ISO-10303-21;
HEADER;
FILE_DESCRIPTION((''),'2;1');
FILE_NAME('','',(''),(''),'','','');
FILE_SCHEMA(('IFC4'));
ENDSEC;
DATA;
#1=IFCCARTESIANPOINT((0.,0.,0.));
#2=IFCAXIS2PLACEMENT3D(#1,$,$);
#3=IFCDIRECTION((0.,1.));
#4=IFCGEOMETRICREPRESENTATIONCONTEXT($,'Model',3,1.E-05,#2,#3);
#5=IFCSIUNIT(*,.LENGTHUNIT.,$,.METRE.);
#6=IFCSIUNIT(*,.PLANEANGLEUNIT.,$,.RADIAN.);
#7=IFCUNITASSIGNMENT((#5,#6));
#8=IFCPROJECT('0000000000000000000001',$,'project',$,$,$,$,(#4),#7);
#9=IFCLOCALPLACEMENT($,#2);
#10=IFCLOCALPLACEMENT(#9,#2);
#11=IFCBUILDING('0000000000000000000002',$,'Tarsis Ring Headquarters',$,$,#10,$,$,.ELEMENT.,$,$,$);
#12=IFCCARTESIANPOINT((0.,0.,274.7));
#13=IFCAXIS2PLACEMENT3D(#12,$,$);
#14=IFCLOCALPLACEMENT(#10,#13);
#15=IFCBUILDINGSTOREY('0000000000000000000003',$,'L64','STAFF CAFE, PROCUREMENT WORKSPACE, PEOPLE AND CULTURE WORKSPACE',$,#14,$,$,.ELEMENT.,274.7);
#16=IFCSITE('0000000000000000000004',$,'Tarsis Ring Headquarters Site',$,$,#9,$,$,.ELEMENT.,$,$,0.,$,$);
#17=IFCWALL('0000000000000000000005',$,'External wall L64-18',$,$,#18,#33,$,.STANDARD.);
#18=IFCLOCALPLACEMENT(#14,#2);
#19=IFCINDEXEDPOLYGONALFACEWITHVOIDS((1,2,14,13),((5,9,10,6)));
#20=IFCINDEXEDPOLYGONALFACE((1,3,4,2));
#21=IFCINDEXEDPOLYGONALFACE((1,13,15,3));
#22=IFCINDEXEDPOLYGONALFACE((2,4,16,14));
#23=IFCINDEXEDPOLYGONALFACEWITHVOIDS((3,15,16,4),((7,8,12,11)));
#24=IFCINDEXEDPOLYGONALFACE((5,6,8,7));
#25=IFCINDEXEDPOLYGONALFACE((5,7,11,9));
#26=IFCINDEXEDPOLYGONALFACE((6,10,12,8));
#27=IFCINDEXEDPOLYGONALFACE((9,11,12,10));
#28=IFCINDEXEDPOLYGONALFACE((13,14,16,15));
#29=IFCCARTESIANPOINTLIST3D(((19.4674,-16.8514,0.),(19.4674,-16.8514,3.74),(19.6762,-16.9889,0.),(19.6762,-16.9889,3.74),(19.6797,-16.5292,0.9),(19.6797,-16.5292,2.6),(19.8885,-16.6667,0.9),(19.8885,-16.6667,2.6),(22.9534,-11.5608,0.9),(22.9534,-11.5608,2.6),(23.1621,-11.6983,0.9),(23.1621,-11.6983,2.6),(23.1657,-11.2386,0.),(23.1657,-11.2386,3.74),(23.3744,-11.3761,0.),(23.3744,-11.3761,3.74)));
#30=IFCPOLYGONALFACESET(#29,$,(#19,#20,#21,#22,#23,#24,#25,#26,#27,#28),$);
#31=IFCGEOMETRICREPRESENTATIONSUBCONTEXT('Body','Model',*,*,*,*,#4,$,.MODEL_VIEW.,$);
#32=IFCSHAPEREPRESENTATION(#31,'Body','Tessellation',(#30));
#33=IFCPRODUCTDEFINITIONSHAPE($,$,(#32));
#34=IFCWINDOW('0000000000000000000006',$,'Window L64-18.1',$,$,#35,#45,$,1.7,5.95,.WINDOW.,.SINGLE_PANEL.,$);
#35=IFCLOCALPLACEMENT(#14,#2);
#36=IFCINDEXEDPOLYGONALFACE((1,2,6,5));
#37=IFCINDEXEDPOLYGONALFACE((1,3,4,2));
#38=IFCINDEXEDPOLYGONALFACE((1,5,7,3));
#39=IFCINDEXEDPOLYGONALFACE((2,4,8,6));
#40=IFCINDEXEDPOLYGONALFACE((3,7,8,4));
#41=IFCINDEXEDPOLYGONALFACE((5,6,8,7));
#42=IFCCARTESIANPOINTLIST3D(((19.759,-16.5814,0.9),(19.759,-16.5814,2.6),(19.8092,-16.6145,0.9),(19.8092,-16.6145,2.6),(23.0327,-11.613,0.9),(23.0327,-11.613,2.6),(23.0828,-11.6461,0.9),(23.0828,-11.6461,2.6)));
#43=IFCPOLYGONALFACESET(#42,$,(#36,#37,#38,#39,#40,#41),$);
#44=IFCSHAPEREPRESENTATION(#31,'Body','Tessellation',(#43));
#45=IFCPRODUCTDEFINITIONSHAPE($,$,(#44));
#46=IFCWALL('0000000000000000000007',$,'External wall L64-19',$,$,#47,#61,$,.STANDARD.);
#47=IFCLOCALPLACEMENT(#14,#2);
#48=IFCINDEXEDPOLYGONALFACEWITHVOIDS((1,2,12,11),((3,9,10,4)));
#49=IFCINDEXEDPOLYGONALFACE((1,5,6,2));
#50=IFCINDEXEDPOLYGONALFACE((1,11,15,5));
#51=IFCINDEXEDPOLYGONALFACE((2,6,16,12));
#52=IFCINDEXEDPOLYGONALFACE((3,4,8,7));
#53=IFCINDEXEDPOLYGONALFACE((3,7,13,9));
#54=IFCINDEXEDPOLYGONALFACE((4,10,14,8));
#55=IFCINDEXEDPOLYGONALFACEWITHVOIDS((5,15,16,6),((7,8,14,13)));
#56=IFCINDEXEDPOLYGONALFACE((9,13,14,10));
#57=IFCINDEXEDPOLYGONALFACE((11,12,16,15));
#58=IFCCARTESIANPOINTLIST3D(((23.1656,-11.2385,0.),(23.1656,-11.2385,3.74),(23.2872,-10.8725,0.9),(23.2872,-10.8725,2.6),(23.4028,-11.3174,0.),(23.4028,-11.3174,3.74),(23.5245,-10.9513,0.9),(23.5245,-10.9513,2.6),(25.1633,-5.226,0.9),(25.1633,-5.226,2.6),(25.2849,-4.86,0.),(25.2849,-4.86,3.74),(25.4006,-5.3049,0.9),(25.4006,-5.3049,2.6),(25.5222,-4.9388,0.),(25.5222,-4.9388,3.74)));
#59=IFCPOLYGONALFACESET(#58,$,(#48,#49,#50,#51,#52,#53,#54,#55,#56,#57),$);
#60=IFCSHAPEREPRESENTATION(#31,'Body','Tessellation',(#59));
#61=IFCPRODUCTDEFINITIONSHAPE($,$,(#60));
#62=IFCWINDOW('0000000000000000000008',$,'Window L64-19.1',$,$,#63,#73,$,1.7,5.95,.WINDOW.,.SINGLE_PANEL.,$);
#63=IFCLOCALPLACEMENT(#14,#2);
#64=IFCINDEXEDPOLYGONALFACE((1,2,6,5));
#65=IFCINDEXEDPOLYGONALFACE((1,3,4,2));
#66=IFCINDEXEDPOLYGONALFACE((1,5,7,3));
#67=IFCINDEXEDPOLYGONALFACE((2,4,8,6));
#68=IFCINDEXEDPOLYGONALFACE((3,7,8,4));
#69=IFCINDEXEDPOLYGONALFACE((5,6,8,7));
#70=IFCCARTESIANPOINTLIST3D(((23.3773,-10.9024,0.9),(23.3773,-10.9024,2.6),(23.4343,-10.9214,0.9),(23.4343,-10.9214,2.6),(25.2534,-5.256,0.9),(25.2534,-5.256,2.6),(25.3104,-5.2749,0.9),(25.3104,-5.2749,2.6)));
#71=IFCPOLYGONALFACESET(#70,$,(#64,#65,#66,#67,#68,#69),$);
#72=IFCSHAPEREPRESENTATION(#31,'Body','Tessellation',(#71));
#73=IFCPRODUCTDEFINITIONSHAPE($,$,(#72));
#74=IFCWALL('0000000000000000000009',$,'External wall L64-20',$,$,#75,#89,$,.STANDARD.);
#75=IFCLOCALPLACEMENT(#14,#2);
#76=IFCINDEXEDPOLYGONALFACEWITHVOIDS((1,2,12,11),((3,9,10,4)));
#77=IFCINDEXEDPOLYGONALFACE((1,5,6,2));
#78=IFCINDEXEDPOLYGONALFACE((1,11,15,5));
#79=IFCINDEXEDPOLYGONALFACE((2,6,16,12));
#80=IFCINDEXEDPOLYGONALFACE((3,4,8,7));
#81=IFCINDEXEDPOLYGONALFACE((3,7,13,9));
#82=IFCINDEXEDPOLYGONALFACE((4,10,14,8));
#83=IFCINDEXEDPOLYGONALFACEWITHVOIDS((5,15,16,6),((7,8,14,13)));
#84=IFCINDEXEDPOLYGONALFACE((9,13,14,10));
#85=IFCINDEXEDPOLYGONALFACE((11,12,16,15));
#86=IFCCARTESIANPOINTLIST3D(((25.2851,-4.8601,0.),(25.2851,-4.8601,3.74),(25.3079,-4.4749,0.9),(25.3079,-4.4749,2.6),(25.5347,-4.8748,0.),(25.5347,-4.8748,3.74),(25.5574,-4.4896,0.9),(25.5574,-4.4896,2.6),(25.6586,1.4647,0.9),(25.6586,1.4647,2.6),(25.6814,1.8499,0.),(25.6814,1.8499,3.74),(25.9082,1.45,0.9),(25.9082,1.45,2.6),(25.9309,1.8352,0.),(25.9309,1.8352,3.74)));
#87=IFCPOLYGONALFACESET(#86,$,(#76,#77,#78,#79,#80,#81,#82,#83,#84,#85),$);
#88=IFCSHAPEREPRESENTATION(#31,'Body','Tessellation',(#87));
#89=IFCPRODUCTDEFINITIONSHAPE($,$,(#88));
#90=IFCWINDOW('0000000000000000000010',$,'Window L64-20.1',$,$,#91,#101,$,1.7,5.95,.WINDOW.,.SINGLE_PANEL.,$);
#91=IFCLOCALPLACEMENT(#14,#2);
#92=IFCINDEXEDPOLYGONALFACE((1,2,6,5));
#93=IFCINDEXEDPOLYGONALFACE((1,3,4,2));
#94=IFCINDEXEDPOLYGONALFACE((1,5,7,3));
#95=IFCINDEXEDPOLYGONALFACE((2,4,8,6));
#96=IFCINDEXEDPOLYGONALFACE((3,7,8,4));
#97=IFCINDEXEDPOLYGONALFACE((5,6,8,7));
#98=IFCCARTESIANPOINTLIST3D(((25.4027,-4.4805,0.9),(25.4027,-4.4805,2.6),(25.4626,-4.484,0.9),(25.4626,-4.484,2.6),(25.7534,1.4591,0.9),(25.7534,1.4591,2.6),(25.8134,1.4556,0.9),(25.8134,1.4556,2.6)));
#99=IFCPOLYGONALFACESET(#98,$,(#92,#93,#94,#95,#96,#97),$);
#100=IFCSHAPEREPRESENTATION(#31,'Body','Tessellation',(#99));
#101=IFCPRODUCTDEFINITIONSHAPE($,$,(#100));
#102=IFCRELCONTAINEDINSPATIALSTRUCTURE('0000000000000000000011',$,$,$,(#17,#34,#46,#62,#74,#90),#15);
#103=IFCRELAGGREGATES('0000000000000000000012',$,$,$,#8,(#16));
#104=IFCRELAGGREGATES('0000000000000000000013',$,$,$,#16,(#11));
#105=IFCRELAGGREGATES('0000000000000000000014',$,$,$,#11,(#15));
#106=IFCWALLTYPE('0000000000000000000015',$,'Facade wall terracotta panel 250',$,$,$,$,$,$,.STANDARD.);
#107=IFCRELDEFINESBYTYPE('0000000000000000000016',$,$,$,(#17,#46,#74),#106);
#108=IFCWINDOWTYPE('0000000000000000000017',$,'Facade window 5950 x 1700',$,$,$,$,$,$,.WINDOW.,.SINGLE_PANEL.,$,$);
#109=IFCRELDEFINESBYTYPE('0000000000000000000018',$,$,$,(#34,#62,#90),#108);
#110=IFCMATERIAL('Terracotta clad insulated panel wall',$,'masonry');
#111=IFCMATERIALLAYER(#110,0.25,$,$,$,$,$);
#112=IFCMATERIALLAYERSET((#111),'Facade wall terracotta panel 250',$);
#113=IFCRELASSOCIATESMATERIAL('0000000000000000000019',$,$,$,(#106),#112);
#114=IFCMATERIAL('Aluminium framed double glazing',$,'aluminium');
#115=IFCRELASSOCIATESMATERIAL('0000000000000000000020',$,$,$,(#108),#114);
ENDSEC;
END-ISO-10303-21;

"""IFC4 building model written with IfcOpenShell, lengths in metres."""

from ifc_helpers import new_model, si_unit, direction, frame, frame_2d, origin, place, context, subcontext, project, spatial, rectangle, extrude, material, layer, layer_set, type_object, element, fill, save


model = new_model("IFC4")

# Units and contexts
model_context = context("Model", 3, precision=1e-05, world=origin(), true_north=direction((0.0, 1.0)))
body_context = subcontext(model_context, "Body", "Model", "MODEL_VIEW")
ifc_project = project(units=[si_unit("LENGTHUNIT", "METRE"), si_unit("PLANEANGLEUNIT", "RADIAN")], contexts=[model_context])

# Site, building, storey
site_placement = place(None, origin())
site = spatial("IfcSite", under=ifc_project, at=site_placement, Name="Tarsis Ring Headquarters Site", CompositionType="ELEMENT", RefElevation=0.0)
building_placement = place(site_placement, origin())
building = spatial("IfcBuilding", under=site, at=building_placement, Name="Tarsis Ring Headquarters", CompositionType="ELEMENT")
storey_placement = place(building_placement, frame((0.0, 0.0, 274.7)))
storey = spatial("IfcBuildingStorey", under=building, at=storey_placement, Name="L64", Description="STAFF CAFE, PROCUREMENT WORKSPACE, PEOPLE AND CULTURE WORKSPACE", CompositionType="ELEMENT", Elevation=274.7)

# Walls, openings, windows
ifc_material_1 = material(Name="Terracotta clad insulated panel wall", Category="masonry")
ifc_layer_1 = layer(ifc_material_1, 0.25)
ifc_layer_set_1 = layer_set([ifc_layer_1], Name="Facade wall terracotta panel 250")
wall_type_1 = type_object("IfcWallType", Name="Facade wall terracotta panel 250", PredefinedType="STANDARD", material=ifc_layer_set_1)
ifc_material_2 = material(Name="Aluminium framed double glazing", Category="aluminium")
wall_1_placement = place(storey_placement, frame((19.5718, -16.9202, 0.0), z_axis=(0.0, 0.0, 1.0), x_axis=(0.550199, 0.835033, 0.0)))
wall_1 = element("IfcWall", 1, at=wall_1_placement, inside=storey, type_object=wall_type_1, Name="External wall L64-18", PredefinedType="STANDARD", context=body_context, shape_type="SweptSolid", body=[
    extrude(rectangle(XDim=6.7217, YDim=0.25, at=frame_2d((3.3608, 0.0))), origin(), (0.0, 0.0, 1.0), 3.74),
])
opening_1_placement = place(wall_1_placement, frame((0.3857, 0.0, 0.8999)))
opening_1 = element("IfcOpeningElement", 2, at=opening_1_placement, cuts=wall_1, PredefinedType="OPENING", context=body_context, shape_type="SweptSolid", body=[
    extrude(rectangle(XDim=5.95, YDim=1.7, at=frame_2d((2.9751, 0.8501))), frame((0.0, 0.135, 0.0), z_axis=(0.0, -1.0, 0.0), x_axis=(1.0, 0.0, 0.0)), (0.0, 0.0, 1.0), 0.27),
])
window_type_1 = type_object("IfcWindowType", Name="Facade window 5950 x 1700", PartitioningType="SINGLE_PANEL", PredefinedType="WINDOW", material=ifc_material_2)
window_1_placement = place(opening_1_placement, origin())
window_1 = element("IfcWindow", 3, at=window_1_placement, inside=storey, type_object=window_type_1, Name="Window L64-18.1", OverallHeight=1.7, OverallWidth=5.95, PartitioningType="SINGLE_PANEL", PredefinedType="WINDOW", context=body_context, shape_type="SweptSolid", body=[
    extrude(rectangle(XDim=5.95, YDim=1.7, at=frame_2d((2.9751, 0.8501))), frame((0.0, 0.03, 0.0), z_axis=(0.0, -1.0, 0.0), x_axis=(1.0, 0.0, 0.0)), (0.0, 0.0, 1.0), 0.0601),
])
fill(opening_1, window_1)
wall_2_placement = place(storey_placement, frame((23.2842, -11.2781, 0.0), z_axis=(0.0, 0.0, 1.0), x_axis=(0.315312, 0.948988, 0.0)))
wall_2 = element("IfcWall", 4, at=wall_2_placement, inside=storey, type_object=wall_type_1, Name="External wall L64-19", PredefinedType="STANDARD", context=body_context, shape_type="SweptSolid", body=[
    extrude(rectangle(XDim=6.7214, YDim=0.25, at=frame_2d((3.3608, 0.0))), origin(), (0.0, 0.0, 1.0), 3.74),
])
opening_2_placement = place(wall_2_placement, frame((0.3857, 0.0, 0.8999)))
opening_2 = element("IfcOpeningElement", 5, at=opening_2_placement, cuts=wall_2, PredefinedType="OPENING", context=body_context, shape_type="SweptSolid", body=[
    extrude(rectangle(XDim=5.95, YDim=1.7, at=frame_2d((2.9751, 0.8501))), frame((0.0, 0.135, 0.0), z_axis=(0.0, -1.0, 0.0), x_axis=(1.0, 0.0, 0.0)), (0.0, 0.0, 1.0), 0.27),
])
window_2_placement = place(opening_2_placement, origin())
window_2 = element("IfcWindow", 6, at=window_2_placement, inside=storey, type_object=window_type_1, Name="Window L64-19.1", OverallHeight=1.7, OverallWidth=5.95, PartitioningType="SINGLE_PANEL", PredefinedType="WINDOW", context=body_context, shape_type="SweptSolid", body=[
    extrude(rectangle(XDim=5.95, YDim=1.7, at=frame_2d((2.9751, 0.8501))), frame((0.0, 0.03, 0.0), z_axis=(0.0, -1.0, 0.0), x_axis=(1.0, 0.0, 0.0)), (0.0, 0.0, 1.0), 0.0601),
])
fill(opening_2, window_2)
wall_3_placement = place(storey_placement, frame((25.4099, -4.8674, 0.0), z_axis=(0.0, 0.0, 1.0), x_axis=(0.05895, 0.998261, 0.0)))
wall_3 = element("IfcWall", 7, at=wall_3_placement, inside=storey, type_object=wall_type_1, Name="External wall L64-20", PredefinedType="STANDARD", context=body_context, shape_type="SweptSolid", body=[
    extrude(rectangle(XDim=6.7217, YDim=0.25, at=frame_2d((3.3608, 0.0))), origin(), (0.0, 0.0, 1.0), 3.74),
])
opening_3_placement = place(wall_3_placement, frame((0.3857, 0.0, 0.8999)))
opening_3 = element("IfcOpeningElement", 8, at=opening_3_placement, cuts=wall_3, PredefinedType="OPENING", context=body_context, shape_type="SweptSolid", body=[
    extrude(rectangle(XDim=5.95, YDim=1.7, at=frame_2d((2.9751, 0.8501))), frame((0.0, 0.135, 0.0), z_axis=(0.0, -1.0, 0.0), x_axis=(1.0, 0.0, 0.0)), (0.0, 0.0, 1.0), 0.27),
])
window_3_placement = place(opening_3_placement, origin())
window_3 = element("IfcWindow", 9, at=window_3_placement, inside=storey, type_object=window_type_1, Name="Window L64-20.1", OverallHeight=1.7, OverallWidth=5.95, PartitioningType="SINGLE_PANEL", PredefinedType="WINDOW", context=body_context, shape_type="SweptSolid", body=[
    extrude(rectangle(XDim=5.95, YDim=1.7, at=frame_2d((2.9751, 0.8501))), frame((0.0, 0.03, 0.0), z_axis=(0.0, -1.0, 0.0), x_axis=(1.0, 0.0, 0.0)), (0.0, 0.0, 1.0), 0.0601),
])
fill(opening_3, window_3)

save(model, "model.ifc")
